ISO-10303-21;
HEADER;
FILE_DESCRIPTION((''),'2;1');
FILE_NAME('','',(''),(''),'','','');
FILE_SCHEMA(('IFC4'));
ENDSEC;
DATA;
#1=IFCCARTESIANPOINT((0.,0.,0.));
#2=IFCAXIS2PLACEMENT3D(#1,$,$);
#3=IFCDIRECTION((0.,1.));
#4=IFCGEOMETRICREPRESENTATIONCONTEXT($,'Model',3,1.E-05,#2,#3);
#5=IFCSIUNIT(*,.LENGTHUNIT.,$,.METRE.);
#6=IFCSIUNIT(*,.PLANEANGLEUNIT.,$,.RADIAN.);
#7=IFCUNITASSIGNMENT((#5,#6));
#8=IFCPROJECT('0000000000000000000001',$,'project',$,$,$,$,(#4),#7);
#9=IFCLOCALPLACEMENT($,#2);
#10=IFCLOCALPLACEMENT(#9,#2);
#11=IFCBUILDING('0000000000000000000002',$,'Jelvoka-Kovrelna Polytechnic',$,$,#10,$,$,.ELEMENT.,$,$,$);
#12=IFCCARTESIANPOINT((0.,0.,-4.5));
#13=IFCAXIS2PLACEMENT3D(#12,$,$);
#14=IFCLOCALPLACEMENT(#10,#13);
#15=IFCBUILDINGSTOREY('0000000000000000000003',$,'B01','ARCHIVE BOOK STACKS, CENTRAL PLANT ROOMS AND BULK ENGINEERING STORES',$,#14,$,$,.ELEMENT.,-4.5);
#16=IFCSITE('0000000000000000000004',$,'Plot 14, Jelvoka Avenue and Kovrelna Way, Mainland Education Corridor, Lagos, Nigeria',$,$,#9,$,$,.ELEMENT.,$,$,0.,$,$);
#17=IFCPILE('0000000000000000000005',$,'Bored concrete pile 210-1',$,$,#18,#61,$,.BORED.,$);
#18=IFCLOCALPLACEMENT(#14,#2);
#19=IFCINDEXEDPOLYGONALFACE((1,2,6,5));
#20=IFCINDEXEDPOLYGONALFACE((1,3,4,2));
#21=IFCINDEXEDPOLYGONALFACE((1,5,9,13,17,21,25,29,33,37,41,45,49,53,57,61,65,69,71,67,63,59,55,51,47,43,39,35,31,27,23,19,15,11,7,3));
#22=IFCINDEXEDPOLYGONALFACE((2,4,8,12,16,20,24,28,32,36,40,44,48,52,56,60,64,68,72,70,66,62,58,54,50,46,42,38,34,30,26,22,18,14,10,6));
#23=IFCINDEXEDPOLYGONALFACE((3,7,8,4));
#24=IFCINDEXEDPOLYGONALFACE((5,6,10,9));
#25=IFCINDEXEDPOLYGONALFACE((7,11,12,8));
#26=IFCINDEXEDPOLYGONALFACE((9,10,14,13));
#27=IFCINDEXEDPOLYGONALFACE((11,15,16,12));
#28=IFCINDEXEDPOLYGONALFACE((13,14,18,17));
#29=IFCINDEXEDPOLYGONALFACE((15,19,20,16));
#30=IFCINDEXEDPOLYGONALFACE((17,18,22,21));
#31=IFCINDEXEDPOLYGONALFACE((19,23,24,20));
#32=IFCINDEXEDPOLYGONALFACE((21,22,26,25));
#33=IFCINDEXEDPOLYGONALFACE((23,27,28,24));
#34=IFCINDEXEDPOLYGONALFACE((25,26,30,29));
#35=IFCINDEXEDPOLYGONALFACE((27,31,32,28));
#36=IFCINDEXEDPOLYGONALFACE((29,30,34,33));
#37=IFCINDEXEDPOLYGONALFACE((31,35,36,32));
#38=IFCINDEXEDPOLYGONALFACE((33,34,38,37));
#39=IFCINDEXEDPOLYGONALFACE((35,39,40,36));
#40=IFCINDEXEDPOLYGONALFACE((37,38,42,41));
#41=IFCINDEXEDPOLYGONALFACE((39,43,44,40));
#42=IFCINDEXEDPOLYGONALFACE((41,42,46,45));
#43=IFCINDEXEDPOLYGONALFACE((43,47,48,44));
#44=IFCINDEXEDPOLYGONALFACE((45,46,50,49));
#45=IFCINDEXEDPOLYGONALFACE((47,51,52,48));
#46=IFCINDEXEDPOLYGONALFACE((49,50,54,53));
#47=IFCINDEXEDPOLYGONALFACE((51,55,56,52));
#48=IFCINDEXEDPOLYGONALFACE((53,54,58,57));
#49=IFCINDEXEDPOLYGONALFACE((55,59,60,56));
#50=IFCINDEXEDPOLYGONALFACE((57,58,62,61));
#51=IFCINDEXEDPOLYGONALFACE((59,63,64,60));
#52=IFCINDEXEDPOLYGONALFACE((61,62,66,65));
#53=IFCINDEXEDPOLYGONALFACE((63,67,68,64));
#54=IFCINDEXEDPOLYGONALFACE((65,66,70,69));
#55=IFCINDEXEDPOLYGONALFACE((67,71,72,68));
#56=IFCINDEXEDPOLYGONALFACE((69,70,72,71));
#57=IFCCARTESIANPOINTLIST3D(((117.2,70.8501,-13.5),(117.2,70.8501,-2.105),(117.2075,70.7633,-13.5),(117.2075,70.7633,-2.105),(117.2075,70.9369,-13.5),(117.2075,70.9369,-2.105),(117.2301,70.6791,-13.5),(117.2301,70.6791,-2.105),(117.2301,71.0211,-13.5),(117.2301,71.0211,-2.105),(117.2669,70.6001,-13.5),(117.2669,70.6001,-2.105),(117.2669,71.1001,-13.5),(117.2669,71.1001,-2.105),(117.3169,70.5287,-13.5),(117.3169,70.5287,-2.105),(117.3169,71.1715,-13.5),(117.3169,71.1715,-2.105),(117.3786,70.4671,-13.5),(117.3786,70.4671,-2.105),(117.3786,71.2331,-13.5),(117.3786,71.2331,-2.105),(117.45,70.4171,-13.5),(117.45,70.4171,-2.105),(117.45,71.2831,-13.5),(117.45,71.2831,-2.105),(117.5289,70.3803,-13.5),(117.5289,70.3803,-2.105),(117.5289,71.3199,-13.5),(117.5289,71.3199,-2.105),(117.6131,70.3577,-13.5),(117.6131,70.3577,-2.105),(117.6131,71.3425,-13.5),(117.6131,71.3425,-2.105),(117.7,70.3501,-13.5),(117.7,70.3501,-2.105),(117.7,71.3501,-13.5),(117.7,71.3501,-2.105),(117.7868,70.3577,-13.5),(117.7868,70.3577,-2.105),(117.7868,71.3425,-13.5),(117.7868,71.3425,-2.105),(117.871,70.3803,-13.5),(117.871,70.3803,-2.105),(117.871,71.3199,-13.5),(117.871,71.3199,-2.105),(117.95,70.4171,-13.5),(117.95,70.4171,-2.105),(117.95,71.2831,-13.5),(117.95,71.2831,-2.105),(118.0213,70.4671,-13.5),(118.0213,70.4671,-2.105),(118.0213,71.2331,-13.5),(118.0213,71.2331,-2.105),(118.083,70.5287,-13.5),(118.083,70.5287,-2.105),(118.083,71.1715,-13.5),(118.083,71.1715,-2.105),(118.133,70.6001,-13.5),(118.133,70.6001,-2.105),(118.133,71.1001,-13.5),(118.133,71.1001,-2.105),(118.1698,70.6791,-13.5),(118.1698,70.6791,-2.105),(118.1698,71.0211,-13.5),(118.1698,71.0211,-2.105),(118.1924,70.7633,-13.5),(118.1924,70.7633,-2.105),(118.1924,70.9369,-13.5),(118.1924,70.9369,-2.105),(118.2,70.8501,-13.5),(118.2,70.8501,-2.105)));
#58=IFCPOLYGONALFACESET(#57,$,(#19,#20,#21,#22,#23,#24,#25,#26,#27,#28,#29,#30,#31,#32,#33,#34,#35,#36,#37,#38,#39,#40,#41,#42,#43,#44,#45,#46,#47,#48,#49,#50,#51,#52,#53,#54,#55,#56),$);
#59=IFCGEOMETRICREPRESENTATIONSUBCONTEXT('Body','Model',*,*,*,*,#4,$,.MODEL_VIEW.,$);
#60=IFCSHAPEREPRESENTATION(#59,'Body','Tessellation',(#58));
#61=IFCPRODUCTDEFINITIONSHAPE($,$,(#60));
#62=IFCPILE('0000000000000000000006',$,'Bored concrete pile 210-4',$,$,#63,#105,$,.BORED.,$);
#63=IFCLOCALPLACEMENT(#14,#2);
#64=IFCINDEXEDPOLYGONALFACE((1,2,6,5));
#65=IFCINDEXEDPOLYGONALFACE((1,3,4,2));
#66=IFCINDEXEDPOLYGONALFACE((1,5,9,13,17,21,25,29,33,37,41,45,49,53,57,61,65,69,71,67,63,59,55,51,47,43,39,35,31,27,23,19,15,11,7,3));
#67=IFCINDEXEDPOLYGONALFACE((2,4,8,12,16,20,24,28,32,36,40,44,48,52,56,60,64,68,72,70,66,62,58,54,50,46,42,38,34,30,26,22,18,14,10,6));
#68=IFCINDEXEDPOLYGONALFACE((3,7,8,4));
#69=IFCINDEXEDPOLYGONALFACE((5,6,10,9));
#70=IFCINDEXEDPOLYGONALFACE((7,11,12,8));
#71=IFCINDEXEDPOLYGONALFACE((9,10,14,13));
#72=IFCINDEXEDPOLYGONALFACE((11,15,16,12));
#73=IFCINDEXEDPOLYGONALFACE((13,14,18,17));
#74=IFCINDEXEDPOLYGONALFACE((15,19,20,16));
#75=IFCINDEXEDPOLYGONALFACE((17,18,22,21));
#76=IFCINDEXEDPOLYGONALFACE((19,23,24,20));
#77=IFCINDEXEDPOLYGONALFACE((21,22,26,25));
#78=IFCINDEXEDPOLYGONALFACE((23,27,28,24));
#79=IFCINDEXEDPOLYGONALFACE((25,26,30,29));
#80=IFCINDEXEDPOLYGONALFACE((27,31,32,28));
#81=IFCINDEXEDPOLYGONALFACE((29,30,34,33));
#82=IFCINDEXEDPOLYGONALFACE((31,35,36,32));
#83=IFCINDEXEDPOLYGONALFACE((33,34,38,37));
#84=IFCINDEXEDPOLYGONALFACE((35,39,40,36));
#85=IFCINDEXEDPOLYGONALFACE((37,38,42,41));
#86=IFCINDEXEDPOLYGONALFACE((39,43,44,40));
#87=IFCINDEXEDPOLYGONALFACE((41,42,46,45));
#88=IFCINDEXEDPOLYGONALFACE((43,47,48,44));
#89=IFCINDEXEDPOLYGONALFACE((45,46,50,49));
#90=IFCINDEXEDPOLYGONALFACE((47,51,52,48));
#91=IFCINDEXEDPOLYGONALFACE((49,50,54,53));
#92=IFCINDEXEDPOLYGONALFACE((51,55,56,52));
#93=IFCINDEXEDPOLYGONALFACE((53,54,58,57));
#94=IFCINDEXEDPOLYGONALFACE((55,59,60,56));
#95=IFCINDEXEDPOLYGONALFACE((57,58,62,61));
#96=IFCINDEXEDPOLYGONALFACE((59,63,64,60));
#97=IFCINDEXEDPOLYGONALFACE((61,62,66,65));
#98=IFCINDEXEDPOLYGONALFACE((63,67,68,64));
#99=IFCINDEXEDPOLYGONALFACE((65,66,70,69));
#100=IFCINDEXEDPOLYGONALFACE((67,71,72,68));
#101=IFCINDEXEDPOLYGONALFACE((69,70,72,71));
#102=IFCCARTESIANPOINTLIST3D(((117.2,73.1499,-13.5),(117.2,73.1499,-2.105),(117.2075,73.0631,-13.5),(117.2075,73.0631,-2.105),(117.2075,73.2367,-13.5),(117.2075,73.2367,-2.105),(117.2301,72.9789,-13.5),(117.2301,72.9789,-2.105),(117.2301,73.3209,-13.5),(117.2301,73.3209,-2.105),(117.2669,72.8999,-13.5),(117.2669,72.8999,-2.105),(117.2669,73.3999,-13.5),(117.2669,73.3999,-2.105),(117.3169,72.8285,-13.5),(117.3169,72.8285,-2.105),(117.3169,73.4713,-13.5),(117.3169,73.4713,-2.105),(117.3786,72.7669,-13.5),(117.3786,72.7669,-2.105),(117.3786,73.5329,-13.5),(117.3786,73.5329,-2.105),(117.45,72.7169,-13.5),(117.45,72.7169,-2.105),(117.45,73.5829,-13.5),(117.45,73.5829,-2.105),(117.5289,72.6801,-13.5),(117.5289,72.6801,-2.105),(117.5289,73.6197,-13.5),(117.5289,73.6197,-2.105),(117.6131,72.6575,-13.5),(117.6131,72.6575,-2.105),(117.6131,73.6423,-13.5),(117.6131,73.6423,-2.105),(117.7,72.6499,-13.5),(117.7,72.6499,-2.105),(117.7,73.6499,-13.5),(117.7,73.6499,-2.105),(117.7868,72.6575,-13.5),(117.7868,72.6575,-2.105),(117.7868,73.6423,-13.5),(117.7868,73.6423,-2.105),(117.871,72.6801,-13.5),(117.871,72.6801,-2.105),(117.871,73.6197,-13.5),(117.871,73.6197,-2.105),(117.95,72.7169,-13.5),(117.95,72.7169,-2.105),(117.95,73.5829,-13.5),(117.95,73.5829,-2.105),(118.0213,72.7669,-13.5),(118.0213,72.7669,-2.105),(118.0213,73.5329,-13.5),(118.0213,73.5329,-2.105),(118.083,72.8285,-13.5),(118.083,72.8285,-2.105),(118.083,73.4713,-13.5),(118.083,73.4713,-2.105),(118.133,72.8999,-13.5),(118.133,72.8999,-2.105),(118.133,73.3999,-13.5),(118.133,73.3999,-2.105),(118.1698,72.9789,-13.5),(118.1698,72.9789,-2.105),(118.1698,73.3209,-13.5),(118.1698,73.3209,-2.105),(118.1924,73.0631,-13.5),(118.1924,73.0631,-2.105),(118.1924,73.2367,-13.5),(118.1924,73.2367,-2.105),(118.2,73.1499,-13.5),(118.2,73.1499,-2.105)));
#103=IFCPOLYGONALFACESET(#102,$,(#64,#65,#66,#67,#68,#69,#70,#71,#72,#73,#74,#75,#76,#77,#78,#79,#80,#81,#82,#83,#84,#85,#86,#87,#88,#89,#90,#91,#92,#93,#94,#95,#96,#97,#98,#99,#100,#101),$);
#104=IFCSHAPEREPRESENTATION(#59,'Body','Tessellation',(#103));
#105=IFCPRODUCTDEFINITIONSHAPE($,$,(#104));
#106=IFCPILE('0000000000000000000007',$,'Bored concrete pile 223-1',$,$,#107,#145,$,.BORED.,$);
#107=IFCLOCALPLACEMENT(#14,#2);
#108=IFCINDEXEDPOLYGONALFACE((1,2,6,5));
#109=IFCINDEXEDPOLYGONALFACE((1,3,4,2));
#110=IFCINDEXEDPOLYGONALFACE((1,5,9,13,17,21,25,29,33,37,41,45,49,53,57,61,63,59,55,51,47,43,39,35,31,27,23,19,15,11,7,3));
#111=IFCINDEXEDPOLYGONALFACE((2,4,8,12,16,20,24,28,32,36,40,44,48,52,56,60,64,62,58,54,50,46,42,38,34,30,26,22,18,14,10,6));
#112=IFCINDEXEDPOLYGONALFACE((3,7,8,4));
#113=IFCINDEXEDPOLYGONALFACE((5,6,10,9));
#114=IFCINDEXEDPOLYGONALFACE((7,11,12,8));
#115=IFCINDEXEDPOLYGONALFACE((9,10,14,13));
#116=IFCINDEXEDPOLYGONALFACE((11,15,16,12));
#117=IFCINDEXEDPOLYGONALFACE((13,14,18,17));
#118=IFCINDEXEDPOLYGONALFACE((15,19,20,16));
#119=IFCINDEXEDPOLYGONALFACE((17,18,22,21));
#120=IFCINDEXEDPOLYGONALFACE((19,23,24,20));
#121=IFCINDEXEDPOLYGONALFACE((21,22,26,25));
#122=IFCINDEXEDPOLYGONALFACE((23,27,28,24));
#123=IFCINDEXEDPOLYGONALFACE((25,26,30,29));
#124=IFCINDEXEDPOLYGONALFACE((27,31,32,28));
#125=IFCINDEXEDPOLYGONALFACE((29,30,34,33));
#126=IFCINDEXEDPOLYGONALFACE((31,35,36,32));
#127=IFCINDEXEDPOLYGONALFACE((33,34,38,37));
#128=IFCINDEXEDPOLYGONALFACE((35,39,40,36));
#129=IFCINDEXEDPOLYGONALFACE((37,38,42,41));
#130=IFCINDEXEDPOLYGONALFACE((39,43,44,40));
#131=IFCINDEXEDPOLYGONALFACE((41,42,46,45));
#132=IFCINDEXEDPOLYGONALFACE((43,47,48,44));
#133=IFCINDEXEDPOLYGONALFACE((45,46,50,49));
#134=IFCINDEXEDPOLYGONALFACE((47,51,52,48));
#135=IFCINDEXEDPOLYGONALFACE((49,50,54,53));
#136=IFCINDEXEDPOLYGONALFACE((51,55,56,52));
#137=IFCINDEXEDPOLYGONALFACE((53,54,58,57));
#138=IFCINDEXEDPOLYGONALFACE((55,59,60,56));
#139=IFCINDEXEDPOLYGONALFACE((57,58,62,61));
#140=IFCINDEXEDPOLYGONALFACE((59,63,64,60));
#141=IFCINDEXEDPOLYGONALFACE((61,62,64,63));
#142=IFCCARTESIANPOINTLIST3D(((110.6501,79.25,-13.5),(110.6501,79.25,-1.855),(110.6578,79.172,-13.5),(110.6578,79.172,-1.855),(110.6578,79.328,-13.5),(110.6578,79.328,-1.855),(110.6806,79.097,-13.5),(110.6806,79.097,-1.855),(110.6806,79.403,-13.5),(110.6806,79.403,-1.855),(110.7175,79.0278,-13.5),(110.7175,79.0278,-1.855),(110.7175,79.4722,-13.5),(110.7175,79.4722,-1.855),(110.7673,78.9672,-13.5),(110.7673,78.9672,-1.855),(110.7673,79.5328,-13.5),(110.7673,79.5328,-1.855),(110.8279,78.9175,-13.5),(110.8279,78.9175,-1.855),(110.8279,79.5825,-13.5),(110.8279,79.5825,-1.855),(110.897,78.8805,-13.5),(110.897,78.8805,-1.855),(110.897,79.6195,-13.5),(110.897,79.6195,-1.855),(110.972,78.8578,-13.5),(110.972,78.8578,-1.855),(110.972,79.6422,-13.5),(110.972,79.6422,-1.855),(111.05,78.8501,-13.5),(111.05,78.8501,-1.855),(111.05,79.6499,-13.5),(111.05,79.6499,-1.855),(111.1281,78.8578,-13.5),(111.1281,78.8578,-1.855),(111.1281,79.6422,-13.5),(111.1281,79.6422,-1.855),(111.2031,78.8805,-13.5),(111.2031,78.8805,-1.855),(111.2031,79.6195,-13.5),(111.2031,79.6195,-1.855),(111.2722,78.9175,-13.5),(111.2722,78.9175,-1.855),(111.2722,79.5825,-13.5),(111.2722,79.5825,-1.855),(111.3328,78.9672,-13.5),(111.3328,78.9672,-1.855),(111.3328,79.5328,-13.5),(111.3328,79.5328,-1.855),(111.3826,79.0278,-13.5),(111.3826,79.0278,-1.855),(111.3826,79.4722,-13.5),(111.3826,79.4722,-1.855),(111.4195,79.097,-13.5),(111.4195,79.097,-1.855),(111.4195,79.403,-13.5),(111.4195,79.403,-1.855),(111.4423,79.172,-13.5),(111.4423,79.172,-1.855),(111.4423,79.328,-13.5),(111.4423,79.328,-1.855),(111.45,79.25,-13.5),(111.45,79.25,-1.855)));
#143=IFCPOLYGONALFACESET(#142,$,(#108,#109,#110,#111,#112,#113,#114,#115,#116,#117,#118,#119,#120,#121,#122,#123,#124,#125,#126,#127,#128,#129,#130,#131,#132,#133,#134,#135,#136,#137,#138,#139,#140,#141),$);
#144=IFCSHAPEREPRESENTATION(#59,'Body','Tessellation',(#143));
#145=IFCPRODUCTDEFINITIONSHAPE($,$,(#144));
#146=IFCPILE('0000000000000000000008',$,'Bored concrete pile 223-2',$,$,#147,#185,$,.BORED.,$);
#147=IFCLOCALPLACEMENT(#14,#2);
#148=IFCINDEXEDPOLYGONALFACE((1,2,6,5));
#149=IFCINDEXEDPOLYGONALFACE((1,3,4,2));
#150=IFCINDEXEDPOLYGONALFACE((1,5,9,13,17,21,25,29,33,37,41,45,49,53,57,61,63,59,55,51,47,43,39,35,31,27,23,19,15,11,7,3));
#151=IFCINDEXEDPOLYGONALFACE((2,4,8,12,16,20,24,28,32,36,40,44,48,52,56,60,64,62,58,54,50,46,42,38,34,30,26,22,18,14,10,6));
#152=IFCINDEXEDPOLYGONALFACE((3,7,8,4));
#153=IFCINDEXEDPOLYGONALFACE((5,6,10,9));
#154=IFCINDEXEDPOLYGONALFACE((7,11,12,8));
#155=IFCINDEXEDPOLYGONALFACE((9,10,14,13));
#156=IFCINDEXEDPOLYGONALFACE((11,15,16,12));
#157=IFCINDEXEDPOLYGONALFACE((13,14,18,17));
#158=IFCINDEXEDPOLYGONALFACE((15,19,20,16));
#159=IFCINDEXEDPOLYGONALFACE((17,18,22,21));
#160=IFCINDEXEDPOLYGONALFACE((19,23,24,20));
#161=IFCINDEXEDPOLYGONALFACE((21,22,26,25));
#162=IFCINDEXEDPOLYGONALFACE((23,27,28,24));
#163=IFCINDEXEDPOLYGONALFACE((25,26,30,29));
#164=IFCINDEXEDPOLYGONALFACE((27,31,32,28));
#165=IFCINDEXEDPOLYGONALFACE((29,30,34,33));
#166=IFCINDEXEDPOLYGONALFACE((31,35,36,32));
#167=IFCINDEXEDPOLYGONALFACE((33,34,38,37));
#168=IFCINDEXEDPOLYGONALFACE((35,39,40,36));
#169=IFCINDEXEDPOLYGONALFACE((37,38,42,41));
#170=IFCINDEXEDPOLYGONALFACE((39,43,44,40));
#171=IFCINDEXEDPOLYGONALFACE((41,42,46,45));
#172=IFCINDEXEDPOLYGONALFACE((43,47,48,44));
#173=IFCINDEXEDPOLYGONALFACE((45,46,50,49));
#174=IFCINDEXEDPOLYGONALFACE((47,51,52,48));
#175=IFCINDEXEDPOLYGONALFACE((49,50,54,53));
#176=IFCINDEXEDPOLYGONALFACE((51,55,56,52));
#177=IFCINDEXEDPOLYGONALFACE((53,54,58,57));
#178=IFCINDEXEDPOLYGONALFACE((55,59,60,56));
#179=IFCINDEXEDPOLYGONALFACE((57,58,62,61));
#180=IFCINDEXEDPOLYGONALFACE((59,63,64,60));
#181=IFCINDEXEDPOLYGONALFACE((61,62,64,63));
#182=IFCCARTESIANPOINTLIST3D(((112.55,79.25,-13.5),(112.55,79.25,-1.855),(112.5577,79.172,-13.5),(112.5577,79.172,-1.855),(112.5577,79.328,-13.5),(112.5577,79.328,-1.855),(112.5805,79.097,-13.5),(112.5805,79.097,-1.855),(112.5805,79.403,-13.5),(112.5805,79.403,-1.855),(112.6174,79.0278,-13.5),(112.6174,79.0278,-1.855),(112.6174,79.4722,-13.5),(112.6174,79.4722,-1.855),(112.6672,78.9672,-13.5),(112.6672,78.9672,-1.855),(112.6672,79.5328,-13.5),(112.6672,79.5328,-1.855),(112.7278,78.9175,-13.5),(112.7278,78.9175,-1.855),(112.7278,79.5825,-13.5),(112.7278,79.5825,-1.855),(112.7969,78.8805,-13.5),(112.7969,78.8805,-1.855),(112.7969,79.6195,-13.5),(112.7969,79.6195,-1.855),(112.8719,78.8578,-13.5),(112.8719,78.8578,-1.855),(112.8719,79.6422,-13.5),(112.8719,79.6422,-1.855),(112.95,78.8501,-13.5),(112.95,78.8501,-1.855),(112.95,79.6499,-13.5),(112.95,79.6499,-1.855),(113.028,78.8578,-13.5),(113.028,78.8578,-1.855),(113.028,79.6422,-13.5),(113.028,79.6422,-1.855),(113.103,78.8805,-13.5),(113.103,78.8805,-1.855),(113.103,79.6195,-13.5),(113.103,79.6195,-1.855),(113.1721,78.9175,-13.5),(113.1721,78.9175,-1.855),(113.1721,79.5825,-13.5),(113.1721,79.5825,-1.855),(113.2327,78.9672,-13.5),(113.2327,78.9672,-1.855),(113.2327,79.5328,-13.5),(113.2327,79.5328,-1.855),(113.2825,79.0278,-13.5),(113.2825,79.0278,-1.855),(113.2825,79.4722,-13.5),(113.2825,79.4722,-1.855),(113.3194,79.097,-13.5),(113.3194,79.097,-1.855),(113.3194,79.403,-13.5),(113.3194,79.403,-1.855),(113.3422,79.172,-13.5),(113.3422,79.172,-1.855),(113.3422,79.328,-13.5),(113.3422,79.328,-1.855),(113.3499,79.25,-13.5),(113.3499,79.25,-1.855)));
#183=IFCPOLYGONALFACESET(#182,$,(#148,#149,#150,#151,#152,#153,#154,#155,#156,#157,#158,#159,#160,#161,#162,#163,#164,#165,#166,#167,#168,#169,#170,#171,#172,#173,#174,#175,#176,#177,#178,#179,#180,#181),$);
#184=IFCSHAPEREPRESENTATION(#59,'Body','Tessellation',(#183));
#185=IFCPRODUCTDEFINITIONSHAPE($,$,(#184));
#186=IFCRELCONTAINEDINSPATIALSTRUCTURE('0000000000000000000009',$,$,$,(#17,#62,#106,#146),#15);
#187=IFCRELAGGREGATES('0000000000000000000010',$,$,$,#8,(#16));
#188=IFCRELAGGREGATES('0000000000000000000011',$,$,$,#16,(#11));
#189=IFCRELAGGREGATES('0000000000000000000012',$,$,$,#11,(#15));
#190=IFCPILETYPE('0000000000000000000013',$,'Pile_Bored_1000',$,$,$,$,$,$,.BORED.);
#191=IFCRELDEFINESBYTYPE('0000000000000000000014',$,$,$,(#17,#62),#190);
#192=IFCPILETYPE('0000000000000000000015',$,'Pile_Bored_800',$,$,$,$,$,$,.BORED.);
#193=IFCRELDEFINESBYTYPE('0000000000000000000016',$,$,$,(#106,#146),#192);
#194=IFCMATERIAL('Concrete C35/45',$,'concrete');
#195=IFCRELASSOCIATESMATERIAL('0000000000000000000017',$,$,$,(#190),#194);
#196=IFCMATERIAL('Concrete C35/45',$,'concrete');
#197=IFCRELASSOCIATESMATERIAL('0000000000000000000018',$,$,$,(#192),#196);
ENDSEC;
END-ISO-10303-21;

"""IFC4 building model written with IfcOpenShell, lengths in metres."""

from ifc_helpers import new_model, si_unit, direction, frame, origin, origin_2d, place, context, subcontext, project, spatial, circle, extrude, material, material_profile, profile_set, type_object, element, save


model = new_model("IFC4")

# Units and contexts
model_context = context("Model", 3, precision=1e-05, world=origin(), true_north=direction((0.0, 1.0)))
body_context = subcontext(model_context, "Body", "Model", "MODEL_VIEW")
ifc_project = project(units=[si_unit("LENGTHUNIT", "METRE"), si_unit("PLANEANGLEUNIT", "RADIAN")], contexts=[model_context])

# Site, building, storey
site_placement = place(None, origin())
site = spatial("IfcSite", under=ifc_project, at=site_placement, Name="Plot 14, Jelvoka Avenue and Kovrelna Way, Mainland Education Corridor, Lagos, Nigeria", CompositionType="ELEMENT", RefElevation=0.0)
building_placement = place(site_placement, origin())
building = spatial("IfcBuilding", under=site, at=building_placement, Name="Jelvoka-Kovrelna Polytechnic", CompositionType="ELEMENT")
storey_placement = place(building_placement, frame((0.0, 0.0, -4.5)))
storey = spatial("IfcBuildingStorey", under=building, at=storey_placement, Name="B01", Description="ARCHIVE BOOK STACKS, CENTRAL PLANT ROOMS AND BULK ENGINEERING STORES", CompositionType="ELEMENT", Elevation=-4.5)

# Piles
ifc_material_1 = material(Name="Concrete C35/45", Category="concrete")
ifc_material_profile_1 = material_profile(ifc_material_1, circle(Radius=0.5, at=origin_2d()), Name="PILE D1000")
ifc_profile_set_1 = profile_set([ifc_material_profile_1], Name="Concrete C35/45")
pile_type_1 = type_object("IfcPileType", Name="Pile_Bored_1000", PredefinedType="BORED", material=ifc_profile_set_1)
for number, where, z_axis, x_axis, name in (
    (1, (117.7, 70.8501, -2.105), (0.0, 0.0, -1.0), (1.0, 0.0, 0.0), "Bored concrete pile 210-1"),
    (2, (117.7, 73.1499, -2.105), (0.0, 0.0, -1.0), (1.0, 0.0, 0.0), "Bored concrete pile 210-4"),
):
    element("IfcPile", number, at=place(storey_placement, frame(where, z_axis=z_axis, x_axis=x_axis)), inside=storey, type_object=pile_type_1, Name=name, PredefinedType="BORED", context=body_context, shape_type="SweptSolid", body=[
        extrude(circle(Radius=0.5, at=origin_2d()), origin(), (0.0, 0.0, 1.0), 11.395),
    ])
ifc_material_2 = material(Name="Concrete C35/45", Category="concrete")
ifc_material_profile_2 = material_profile(ifc_material_2, circle(Radius=0.3999, at=origin_2d()), Name="PILE D800")
ifc_profile_set_2 = profile_set([ifc_material_profile_2], Name="Concrete C35/45")
pile_type_2 = type_object("IfcPileType", Name="Pile_Bored_800", PredefinedType="BORED", material=ifc_profile_set_2)
for number, where, z_axis, x_axis, name in (
    (3, (111.05, 79.25, -1.855), (0.0, 0.0, -1.0), (1.0, 0.0, 0.0), "Bored concrete pile 223-1"),
    (4, (112.95, 79.25, -1.855), (0.0, 0.0, -1.0), (1.0, 0.0, 0.0), "Bored concrete pile 223-2"),
):
    element("IfcPile", number, at=place(storey_placement, frame(where, z_axis=z_axis, x_axis=x_axis)), inside=storey, type_object=pile_type_2, Name=name, PredefinedType="BORED", context=body_context, shape_type="SweptSolid", body=[
        extrude(circle(Radius=0.3999, at=origin_2d()), origin(), (0.0, 0.0, 1.0), 11.645),
    ])

save(model, "model.ifc")
